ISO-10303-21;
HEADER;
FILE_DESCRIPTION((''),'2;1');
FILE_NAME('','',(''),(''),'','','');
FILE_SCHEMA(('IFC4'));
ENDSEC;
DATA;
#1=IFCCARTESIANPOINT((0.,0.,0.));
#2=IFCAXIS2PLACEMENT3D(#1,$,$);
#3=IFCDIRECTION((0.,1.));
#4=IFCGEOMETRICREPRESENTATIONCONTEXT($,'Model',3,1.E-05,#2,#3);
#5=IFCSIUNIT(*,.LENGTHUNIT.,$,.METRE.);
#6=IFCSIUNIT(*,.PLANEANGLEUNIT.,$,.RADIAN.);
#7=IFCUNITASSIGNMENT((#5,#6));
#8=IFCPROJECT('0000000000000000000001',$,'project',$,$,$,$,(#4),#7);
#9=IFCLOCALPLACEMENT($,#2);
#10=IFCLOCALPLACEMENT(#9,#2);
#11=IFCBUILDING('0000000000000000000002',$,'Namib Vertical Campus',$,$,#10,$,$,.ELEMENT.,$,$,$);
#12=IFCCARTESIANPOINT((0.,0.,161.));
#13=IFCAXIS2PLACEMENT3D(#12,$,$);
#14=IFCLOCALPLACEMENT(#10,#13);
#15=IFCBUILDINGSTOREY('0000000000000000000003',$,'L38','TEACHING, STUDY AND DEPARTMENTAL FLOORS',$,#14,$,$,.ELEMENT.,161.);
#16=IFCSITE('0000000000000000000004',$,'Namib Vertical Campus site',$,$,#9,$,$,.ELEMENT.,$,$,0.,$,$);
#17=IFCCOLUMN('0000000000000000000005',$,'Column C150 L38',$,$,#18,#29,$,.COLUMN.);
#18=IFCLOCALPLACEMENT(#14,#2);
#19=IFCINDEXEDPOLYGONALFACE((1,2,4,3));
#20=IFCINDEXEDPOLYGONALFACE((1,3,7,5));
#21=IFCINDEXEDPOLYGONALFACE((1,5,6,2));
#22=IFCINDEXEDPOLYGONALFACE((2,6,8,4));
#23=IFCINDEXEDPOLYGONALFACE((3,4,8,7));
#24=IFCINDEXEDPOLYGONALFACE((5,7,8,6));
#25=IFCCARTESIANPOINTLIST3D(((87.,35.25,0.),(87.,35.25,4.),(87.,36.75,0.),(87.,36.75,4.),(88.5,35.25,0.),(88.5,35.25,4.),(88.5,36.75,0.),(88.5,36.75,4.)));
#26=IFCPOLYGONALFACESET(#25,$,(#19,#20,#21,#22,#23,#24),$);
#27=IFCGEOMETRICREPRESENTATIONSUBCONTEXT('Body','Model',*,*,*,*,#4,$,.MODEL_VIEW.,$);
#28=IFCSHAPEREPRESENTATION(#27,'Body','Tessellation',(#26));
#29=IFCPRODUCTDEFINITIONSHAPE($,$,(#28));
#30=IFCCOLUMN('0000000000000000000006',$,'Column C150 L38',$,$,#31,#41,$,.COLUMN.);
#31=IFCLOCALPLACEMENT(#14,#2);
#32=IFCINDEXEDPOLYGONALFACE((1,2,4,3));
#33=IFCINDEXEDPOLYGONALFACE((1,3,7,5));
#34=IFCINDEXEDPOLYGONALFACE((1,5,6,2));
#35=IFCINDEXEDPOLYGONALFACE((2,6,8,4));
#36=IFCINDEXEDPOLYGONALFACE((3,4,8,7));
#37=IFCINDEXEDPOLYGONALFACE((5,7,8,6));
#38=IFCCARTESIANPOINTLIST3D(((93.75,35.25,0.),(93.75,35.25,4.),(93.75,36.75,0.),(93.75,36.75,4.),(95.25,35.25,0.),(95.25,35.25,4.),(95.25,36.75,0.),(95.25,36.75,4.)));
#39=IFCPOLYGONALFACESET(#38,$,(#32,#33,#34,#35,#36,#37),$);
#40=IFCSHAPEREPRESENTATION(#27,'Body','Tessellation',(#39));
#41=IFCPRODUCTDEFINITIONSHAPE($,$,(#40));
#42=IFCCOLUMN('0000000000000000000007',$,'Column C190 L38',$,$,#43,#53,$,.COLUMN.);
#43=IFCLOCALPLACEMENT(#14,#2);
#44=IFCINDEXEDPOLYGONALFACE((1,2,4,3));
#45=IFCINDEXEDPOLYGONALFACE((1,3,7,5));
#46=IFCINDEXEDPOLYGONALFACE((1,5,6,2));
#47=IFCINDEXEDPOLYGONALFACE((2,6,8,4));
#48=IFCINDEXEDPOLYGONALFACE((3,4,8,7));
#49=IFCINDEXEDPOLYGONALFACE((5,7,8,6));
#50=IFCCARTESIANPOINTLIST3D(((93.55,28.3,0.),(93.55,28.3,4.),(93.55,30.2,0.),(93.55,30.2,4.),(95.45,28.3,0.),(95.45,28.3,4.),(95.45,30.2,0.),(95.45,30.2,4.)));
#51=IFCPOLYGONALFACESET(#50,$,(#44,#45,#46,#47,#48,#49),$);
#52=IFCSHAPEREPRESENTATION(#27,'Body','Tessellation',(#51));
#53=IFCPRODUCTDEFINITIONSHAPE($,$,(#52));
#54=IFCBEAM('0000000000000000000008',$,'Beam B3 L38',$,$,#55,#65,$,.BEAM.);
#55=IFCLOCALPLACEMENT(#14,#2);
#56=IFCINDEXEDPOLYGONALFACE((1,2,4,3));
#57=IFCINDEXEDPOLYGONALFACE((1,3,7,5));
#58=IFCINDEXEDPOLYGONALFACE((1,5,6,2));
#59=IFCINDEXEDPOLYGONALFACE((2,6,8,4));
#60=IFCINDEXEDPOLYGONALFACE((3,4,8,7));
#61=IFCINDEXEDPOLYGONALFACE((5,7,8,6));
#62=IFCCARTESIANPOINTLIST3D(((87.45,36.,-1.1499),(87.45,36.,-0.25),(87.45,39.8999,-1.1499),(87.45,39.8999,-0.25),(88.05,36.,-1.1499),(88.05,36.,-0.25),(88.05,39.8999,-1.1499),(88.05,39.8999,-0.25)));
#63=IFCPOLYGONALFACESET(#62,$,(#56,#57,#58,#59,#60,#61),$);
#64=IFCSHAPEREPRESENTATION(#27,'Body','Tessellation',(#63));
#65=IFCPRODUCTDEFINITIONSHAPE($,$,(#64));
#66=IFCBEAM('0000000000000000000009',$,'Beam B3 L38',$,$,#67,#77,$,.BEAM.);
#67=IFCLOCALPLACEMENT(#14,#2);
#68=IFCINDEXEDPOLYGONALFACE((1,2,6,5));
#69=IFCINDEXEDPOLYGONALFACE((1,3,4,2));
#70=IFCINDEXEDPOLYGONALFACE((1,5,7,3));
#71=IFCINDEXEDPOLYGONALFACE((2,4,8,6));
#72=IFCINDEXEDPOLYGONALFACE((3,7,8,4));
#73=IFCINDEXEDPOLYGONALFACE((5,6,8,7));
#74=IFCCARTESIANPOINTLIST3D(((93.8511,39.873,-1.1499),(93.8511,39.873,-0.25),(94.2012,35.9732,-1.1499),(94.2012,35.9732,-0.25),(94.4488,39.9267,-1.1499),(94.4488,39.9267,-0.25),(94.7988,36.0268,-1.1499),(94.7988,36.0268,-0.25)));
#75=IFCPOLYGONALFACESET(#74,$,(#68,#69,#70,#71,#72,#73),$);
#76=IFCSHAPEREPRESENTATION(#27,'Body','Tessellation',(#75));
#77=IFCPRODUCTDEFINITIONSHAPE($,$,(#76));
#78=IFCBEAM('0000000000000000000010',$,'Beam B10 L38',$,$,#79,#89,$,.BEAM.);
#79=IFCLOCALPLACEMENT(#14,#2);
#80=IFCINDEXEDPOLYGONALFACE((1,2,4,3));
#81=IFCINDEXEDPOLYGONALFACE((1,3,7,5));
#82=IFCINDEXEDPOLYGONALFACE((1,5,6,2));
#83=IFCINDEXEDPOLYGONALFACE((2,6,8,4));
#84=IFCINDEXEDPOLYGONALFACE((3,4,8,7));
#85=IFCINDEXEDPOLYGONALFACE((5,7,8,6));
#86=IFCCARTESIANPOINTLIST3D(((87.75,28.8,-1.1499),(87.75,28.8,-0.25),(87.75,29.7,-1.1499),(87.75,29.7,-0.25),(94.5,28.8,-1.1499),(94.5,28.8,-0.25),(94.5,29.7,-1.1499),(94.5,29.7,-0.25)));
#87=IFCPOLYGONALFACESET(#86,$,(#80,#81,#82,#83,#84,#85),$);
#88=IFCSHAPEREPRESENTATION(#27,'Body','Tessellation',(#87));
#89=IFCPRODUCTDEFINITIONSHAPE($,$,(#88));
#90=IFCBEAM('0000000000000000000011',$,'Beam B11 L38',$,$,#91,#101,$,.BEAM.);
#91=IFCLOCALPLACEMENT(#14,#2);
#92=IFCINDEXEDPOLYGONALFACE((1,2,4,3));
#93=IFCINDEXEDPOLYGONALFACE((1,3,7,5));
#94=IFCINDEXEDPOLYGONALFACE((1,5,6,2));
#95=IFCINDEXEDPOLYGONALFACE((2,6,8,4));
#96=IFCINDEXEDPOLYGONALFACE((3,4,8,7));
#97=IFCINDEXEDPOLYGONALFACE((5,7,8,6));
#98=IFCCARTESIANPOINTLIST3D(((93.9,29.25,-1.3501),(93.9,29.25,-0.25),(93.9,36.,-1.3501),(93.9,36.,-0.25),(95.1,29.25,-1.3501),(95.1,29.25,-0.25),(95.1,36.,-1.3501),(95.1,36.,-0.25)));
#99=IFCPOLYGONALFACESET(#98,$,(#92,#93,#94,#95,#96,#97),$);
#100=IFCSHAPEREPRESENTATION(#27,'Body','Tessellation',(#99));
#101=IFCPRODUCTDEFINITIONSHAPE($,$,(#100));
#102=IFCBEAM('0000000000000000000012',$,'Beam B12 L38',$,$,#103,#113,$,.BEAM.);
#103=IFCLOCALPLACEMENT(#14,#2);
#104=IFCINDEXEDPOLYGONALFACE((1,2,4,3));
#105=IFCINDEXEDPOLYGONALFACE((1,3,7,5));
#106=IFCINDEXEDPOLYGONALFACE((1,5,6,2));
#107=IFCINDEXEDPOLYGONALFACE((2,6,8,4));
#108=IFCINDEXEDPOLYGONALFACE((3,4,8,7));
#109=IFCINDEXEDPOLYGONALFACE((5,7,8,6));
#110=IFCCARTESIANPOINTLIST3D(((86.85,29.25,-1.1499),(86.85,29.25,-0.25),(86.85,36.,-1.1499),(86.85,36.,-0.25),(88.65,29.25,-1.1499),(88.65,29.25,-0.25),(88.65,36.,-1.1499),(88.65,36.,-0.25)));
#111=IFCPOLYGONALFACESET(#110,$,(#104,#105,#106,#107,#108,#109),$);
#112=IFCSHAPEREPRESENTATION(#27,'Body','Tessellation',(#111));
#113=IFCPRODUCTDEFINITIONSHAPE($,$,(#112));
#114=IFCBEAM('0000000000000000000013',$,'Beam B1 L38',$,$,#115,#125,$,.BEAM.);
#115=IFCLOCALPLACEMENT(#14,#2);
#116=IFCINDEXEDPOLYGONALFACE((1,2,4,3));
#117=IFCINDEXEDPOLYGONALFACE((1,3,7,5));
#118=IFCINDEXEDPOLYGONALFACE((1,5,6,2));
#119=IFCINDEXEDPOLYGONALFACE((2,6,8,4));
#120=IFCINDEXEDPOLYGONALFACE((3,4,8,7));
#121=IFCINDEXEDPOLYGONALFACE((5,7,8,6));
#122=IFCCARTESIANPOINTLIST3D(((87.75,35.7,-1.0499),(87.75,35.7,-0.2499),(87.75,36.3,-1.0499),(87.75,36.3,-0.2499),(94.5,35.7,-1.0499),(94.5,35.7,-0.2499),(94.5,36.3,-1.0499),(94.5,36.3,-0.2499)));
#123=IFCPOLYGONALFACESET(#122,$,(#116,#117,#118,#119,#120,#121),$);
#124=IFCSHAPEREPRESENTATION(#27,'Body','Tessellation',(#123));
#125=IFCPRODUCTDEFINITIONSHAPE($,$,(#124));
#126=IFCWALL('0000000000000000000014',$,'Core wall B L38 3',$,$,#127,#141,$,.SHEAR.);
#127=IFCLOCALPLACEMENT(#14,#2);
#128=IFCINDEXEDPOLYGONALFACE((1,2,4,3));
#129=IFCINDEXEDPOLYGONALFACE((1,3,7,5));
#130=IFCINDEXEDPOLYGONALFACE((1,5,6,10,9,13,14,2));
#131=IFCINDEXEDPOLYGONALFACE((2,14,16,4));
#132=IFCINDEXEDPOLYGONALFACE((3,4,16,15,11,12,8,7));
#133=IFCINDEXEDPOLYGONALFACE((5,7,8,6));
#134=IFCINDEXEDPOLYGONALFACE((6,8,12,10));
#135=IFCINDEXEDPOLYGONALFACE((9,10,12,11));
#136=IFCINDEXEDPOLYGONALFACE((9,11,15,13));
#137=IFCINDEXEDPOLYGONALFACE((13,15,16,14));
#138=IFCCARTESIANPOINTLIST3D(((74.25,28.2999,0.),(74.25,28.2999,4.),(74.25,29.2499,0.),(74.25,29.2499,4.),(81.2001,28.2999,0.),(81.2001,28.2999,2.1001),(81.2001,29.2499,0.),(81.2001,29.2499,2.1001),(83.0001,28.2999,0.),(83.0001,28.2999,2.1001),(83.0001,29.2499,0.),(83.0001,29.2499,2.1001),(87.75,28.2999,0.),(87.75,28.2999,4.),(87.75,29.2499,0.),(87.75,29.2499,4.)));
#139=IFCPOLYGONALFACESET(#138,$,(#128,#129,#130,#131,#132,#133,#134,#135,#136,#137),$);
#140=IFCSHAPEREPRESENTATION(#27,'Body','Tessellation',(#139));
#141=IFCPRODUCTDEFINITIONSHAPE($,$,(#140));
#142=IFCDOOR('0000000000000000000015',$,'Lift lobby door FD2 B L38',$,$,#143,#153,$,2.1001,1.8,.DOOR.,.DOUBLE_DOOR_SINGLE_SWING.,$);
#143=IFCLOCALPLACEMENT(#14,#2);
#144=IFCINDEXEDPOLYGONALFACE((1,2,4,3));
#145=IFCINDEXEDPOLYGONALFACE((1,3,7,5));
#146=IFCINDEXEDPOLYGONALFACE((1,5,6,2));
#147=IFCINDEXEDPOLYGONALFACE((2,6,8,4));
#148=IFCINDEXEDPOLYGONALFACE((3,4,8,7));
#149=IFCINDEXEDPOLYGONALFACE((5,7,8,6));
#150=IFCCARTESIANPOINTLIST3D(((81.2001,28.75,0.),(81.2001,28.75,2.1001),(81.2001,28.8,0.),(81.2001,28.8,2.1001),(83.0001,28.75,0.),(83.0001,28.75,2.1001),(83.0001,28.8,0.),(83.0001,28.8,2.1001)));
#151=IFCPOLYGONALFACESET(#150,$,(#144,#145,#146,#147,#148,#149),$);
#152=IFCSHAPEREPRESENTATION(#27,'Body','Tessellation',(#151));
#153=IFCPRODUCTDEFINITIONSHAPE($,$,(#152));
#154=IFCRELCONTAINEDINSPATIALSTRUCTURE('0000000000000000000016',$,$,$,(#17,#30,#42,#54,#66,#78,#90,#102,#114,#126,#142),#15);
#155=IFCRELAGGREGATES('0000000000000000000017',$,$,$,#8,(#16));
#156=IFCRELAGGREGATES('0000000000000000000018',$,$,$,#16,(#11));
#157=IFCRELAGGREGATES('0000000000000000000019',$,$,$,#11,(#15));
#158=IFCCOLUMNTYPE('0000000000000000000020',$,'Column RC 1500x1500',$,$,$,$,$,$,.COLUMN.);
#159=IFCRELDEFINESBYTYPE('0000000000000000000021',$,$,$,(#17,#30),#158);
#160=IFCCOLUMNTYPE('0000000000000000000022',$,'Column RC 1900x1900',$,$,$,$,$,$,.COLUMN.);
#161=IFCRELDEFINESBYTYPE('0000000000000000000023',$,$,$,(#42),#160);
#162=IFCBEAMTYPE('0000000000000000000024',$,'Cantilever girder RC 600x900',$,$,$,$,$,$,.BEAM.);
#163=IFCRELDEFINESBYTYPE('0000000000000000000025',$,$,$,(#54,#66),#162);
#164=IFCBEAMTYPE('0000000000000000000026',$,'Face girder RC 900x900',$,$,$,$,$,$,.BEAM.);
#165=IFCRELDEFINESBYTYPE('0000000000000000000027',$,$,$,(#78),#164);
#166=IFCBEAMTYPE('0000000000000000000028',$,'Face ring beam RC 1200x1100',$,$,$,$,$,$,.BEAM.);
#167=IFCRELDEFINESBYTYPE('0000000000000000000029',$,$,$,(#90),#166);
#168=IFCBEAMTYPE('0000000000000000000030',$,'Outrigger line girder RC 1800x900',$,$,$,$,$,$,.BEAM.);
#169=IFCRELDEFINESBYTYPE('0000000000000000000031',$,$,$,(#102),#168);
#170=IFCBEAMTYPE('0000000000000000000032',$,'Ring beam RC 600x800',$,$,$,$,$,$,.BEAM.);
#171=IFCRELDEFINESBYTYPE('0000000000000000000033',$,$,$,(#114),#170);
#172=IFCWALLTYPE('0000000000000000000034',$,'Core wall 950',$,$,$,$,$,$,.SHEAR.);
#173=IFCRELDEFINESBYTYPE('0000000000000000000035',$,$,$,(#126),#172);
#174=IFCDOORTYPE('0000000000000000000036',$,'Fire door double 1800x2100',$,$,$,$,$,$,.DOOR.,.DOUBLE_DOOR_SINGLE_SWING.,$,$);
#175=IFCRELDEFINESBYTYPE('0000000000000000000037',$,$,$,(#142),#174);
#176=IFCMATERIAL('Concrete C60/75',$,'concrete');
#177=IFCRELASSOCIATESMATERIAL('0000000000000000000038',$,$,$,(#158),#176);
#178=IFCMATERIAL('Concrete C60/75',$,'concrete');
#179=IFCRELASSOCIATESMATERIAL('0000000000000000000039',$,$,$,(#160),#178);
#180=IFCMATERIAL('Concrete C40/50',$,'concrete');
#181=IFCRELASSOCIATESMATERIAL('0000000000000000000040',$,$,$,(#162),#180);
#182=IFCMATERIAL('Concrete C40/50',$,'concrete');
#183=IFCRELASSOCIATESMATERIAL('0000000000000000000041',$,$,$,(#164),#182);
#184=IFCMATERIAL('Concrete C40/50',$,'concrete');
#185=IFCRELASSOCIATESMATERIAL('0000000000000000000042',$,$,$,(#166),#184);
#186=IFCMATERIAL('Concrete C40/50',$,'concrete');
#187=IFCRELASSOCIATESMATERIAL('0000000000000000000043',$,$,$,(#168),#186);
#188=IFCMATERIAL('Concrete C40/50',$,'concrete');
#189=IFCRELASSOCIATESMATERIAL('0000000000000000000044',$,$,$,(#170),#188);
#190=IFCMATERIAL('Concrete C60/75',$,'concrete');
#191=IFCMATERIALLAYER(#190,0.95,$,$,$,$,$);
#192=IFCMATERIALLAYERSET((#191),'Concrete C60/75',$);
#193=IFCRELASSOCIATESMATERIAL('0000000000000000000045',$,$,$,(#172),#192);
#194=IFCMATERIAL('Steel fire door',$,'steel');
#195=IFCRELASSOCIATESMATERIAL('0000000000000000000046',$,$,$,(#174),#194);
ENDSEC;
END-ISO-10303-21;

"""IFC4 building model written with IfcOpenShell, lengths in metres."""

from ifc_helpers import new_model, si_unit, direction, frame, frame_2d, origin, origin_2d, place, context, subcontext, project, spatial, rectangle, extrude, material, layer, layer_set, material_profile, profile_set, type_object, element, fill, save


model = new_model("IFC4")

# Units and contexts
model_context = context("Model", 3, precision=1e-05, world=origin(), true_north=direction((0.0, 1.0)))
body_context = subcontext(model_context, "Body", "Model", "MODEL_VIEW")
ifc_project = project(units=[si_unit("LENGTHUNIT", "METRE"), si_unit("PLANEANGLEUNIT", "RADIAN")], contexts=[model_context])

# Site, building, storey
site_placement = place(None, origin())
site = spatial("IfcSite", under=ifc_project, at=site_placement, Name="Namib Vertical Campus site", CompositionType="ELEMENT", RefElevation=0.0)
building_placement = place(site_placement, origin())
building = spatial("IfcBuilding", under=site, at=building_placement, Name="Namib Vertical Campus", CompositionType="ELEMENT")
storey_placement = place(building_placement, frame((0.0, 0.0, 161.0)))
storey = spatial("IfcBuildingStorey", under=building, at=storey_placement, Name="L38", Description="TEACHING, STUDY AND DEPARTMENTAL FLOORS", CompositionType="ELEMENT", Elevation=161.0)

# Columns
ifc_material_1 = material(Name="Concrete C60/75", Category="concrete")
ifc_material_profile_1 = material_profile(ifc_material_1, rectangle(XDim=1.5, YDim=1.5, at=origin_2d()))
ifc_profile_set_1 = profile_set([ifc_material_profile_1], Name="Concrete C60/75")
column_type_1 = type_object("IfcColumnType", Name="Column RC 1500x1500", PredefinedType="COLUMN", material=ifc_profile_set_1)
for number, where, z_axis, x_axis, name in (
    (1, (87.75, 36.0, 0.0), (0.0, 0.0, 1.0), (1.0, 0.0, 0.0), "Column C150 L38"),
    (2, (94.5, 36.0, 0.0), (0.0, 0.0, 1.0), (1.0, 0.0, 0.0), "Column C150 L38"),
):
    element("IfcColumn", number, at=place(storey_placement, frame(where, z_axis=z_axis, x_axis=x_axis)), inside=storey, type_object=column_type_1, Name=name, PredefinedType="COLUMN", context=body_context, shape_type="SweptSolid", body=[
        extrude(rectangle(XDim=1.5, YDim=1.5, at=origin_2d()), origin(), (0.0, 0.0, 1.0), 4.0),
    ])
ifc_material_2 = material(Name="Concrete C60/75", Category="concrete")
ifc_material_profile_2 = material_profile(ifc_material_2, rectangle(XDim=1.8999, YDim=1.8999, at=origin_2d()))
ifc_profile_set_2 = profile_set([ifc_material_profile_2], Name="Concrete C60/75")
column_type_2 = type_object("IfcColumnType", Name="Column RC 1900x1900", PredefinedType="COLUMN", material=ifc_profile_set_2)
column_placement = place(storey_placement, frame((94.5, 29.25, 0.0), z_axis=(0.0, 0.0, 1.0), x_axis=(1.0, 0.0, 0.0)))
element("IfcColumn", 3, at=column_placement, inside=storey, type_object=column_type_2, Name="Column C190 L38", PredefinedType="COLUMN", context=body_context, shape_type="SweptSolid", body=[
    extrude(rectangle(XDim=1.8999, YDim=1.8999, at=origin_2d()), origin(), (0.0, 0.0, 1.0), 4.0),
])

# Beams
ifc_material_3 = material(Name="Concrete C40/50", Category="concrete")
ifc_material_profile_3 = material_profile(ifc_material_3, rectangle(XDim=0.6001, YDim=0.8999, at=origin_2d()))
ifc_profile_set_3 = profile_set([ifc_material_profile_3], Name="Concrete C40/50")
beam_type_1 = type_object("IfcBeamType", Name="Cantilever girder RC 600x900", PredefinedType="BEAM", material=ifc_profile_set_3)
beam_1_placement = place(storey_placement, frame((87.75, 36.0, -0.7), z_axis=(0.0, 1.0, 0.0), x_axis=(-1.0, 0.0, 0.0)))
element("IfcBeam", 4, at=beam_1_placement, inside=storey, type_object=beam_type_1, Name="Beam B3 L38", PredefinedType="BEAM", context=body_context, shape_type="SweptSolid", body=[
    extrude(rectangle(XDim=0.6001, YDim=0.8999, at=origin_2d()), origin(), (0.0, 0.0, 1.0), 3.8999),
])
beam_2_placement = place(storey_placement, frame((94.5, 36.0, -0.7), z_axis=(-0.089411, 0.995995, 0.0), x_axis=(-0.995995, -0.089411, 0.0)))
element("IfcBeam", 5, at=beam_2_placement, inside=storey, type_object=beam_type_1, Name="Beam B3 L38", PredefinedType="BEAM", context=body_context, shape_type="SweptSolid", body=[
    extrude(rectangle(XDim=0.6001, YDim=0.8999, at=origin_2d()), origin(), (0.0, 0.0, 1.0), 3.9155),
])
ifc_material_4 = material(Name="Concrete C40/50", Category="concrete")
ifc_material_profile_4 = material_profile(ifc_material_4, rectangle(XDim=0.8999, YDim=0.8999, at=origin_2d()))
ifc_profile_set_4 = profile_set([ifc_material_profile_4], Name="Concrete C40/50")
beam_type_2 = type_object("IfcBeamType", Name="Face girder RC 900x900", PredefinedType="BEAM", material=ifc_profile_set_4)
beam_3_placement = place(storey_placement, frame((94.5, 29.25, -0.7), z_axis=(-1.0, 0.0, 0.0), x_axis=(0.0, -1.0, 0.0)))
element("IfcBeam", 6, at=beam_3_placement, inside=storey, type_object=beam_type_2, Name="Beam B10 L38", PredefinedType="BEAM", context=body_context, shape_type="SweptSolid", body=[
    extrude(rectangle(XDim=0.8999, YDim=0.8999, at=origin_2d()), origin(), (0.0, 0.0, 1.0), 6.75),
])
ifc_material_5 = material(Name="Concrete C40/50", Category="concrete")
ifc_material_profile_5 = material_profile(ifc_material_5, rectangle(XDim=1.2, YDim=1.1001, at=origin_2d()))
ifc_profile_set_5 = profile_set([ifc_material_profile_5], Name="Concrete C40/50")
beam_type_3 = type_object("IfcBeamType", Name="Face ring beam RC 1200x1100", PredefinedType="BEAM", material=ifc_profile_set_5)
beam_4_placement = place(storey_placement, frame((94.5, 29.25, -0.8), z_axis=(0.0, 1.0, 0.0), x_axis=(-1.0, 0.0, 0.0)))
element("IfcBeam", 7, at=beam_4_placement, inside=storey, type_object=beam_type_3, Name="Beam B11 L38", PredefinedType="BEAM", context=body_context, shape_type="SweptSolid", body=[
    extrude(rectangle(XDim=1.2, YDim=1.1001, at=origin_2d()), origin(), (0.0, 0.0, 1.0), 6.75),
])
ifc_material_6 = material(Name="Concrete C40/50", Category="concrete")
ifc_material_profile_6 = material_profile(ifc_material_6, rectangle(XDim=1.8, YDim=0.8999, at=origin_2d()))
ifc_profile_set_6 = profile_set([ifc_material_profile_6], Name="Concrete C40/50")
beam_type_4 = type_object("IfcBeamType", Name="Outrigger line girder RC 1800x900", PredefinedType="BEAM", material=ifc_profile_set_6)
beam_5_placement = place(storey_placement, frame((87.75, 36.0, -0.7), z_axis=(0.0, -1.0, 0.0), x_axis=(1.0, 0.0, 0.0)))
element("IfcBeam", 8, at=beam_5_placement, inside=storey, type_object=beam_type_4, Name="Beam B12 L38", PredefinedType="BEAM", context=body_context, shape_type="SweptSolid", body=[
    extrude(rectangle(XDim=1.8, YDim=0.8999, at=origin_2d()), origin(), (0.0, 0.0, 1.0), 6.75),
])
ifc_material_7 = material(Name="Concrete C40/50", Category="concrete")
ifc_material_profile_7 = material_profile(ifc_material_7, rectangle(XDim=0.6001, YDim=0.8, at=origin_2d()))
ifc_profile_set_7 = profile_set([ifc_material_profile_7], Name="Concrete C40/50")
beam_type_5 = type_object("IfcBeamType", Name="Ring beam RC 600x800", PredefinedType="BEAM", material=ifc_profile_set_7)
beam_6_placement = place(storey_placement, frame((87.75, 36.0, -0.6499), z_axis=(1.0, 0.0, 0.0), x_axis=(0.0, 1.0, 0.0)))
element("IfcBeam", 9, at=beam_6_placement, inside=storey, type_object=beam_type_5, Name="Beam B1 L38", PredefinedType="BEAM", context=body_context, shape_type="SweptSolid", body=[
    extrude(rectangle(XDim=0.6001, YDim=0.8, at=origin_2d()), origin(), (0.0, 0.0, 1.0), 6.75),
])

# Wall, opening, door
ifc_material_8 = material(Name="Concrete C60/75", Category="concrete")
ifc_layer_1 = layer(ifc_material_8, 0.95)
ifc_layer_set_1 = layer_set([ifc_layer_1], Name="Concrete C60/75")
wall_type_1 = type_object("IfcWallType", Name="Core wall 950", PredefinedType="SHEAR", material=ifc_layer_set_1)
wall_1_placement = place(storey_placement, frame((87.75, 28.7749, 0.0), z_axis=(0.0, 0.0, 1.0), x_axis=(-1.0, 0.0, 0.0)))
wall_1 = element("IfcWall", 10, at=wall_1_placement, inside=storey, type_object=wall_type_1, Name="Core wall B L38 3", PredefinedType="SHEAR", context=body_context, shape_type="SweptSolid", body=[
    extrude(rectangle(XDim=13.5, YDim=0.95, at=frame_2d((6.75, 0.0))), origin(), (0.0, 0.0, 1.0), 4.0),
])
opening_1_placement = place(wall_1_placement, frame((4.75, 0.0, 0.0)))
opening_1 = element("IfcOpeningElement", 11, at=opening_1_placement, cuts=wall_1, PredefinedType="OPENING", context=body_context, shape_type="SweptSolid", body=[
    extrude(rectangle(XDim=1.8, YDim=2.1001, at=frame_2d((0.8999, 1.05))), frame((0.0, 0.4849, 0.0), z_axis=(0.0, -1.0, 0.0), x_axis=(1.0, 0.0, 0.0)), (0.0, 0.0, 1.0), 0.97),
])
ifc_material_9 = material(Name="Steel fire door", Category="steel")
door_type_1 = type_object("IfcDoorType", Name="Fire door double 1800x2100", OperationType="DOUBLE_DOOR_SINGLE_SWING", PredefinedType="DOOR", material=ifc_material_9)
door_1_placement = place(opening_1_placement, origin())
door_1 = element("IfcDoor", 12, at=door_1_placement, inside=storey, type_object=door_type_1, Name="Lift lobby door FD2 B L38", OperationType="DOUBLE_DOOR_SINGLE_SWING", OverallHeight=2.1001, OverallWidth=1.8, PredefinedType="DOOR", context=body_context, shape_type="SweptSolid", body=[
    extrude(rectangle(XDim=1.8, YDim=2.1001, at=frame_2d((0.8999, 1.05))), frame((0.0, 0.0249, 0.0), z_axis=(0.0, -1.0, 0.0), x_axis=(1.0, 0.0, 0.0)), (0.0, 0.0, 1.0), 0.05),
])
fill(opening_1, door_1)

save(model, "model.ifc")
